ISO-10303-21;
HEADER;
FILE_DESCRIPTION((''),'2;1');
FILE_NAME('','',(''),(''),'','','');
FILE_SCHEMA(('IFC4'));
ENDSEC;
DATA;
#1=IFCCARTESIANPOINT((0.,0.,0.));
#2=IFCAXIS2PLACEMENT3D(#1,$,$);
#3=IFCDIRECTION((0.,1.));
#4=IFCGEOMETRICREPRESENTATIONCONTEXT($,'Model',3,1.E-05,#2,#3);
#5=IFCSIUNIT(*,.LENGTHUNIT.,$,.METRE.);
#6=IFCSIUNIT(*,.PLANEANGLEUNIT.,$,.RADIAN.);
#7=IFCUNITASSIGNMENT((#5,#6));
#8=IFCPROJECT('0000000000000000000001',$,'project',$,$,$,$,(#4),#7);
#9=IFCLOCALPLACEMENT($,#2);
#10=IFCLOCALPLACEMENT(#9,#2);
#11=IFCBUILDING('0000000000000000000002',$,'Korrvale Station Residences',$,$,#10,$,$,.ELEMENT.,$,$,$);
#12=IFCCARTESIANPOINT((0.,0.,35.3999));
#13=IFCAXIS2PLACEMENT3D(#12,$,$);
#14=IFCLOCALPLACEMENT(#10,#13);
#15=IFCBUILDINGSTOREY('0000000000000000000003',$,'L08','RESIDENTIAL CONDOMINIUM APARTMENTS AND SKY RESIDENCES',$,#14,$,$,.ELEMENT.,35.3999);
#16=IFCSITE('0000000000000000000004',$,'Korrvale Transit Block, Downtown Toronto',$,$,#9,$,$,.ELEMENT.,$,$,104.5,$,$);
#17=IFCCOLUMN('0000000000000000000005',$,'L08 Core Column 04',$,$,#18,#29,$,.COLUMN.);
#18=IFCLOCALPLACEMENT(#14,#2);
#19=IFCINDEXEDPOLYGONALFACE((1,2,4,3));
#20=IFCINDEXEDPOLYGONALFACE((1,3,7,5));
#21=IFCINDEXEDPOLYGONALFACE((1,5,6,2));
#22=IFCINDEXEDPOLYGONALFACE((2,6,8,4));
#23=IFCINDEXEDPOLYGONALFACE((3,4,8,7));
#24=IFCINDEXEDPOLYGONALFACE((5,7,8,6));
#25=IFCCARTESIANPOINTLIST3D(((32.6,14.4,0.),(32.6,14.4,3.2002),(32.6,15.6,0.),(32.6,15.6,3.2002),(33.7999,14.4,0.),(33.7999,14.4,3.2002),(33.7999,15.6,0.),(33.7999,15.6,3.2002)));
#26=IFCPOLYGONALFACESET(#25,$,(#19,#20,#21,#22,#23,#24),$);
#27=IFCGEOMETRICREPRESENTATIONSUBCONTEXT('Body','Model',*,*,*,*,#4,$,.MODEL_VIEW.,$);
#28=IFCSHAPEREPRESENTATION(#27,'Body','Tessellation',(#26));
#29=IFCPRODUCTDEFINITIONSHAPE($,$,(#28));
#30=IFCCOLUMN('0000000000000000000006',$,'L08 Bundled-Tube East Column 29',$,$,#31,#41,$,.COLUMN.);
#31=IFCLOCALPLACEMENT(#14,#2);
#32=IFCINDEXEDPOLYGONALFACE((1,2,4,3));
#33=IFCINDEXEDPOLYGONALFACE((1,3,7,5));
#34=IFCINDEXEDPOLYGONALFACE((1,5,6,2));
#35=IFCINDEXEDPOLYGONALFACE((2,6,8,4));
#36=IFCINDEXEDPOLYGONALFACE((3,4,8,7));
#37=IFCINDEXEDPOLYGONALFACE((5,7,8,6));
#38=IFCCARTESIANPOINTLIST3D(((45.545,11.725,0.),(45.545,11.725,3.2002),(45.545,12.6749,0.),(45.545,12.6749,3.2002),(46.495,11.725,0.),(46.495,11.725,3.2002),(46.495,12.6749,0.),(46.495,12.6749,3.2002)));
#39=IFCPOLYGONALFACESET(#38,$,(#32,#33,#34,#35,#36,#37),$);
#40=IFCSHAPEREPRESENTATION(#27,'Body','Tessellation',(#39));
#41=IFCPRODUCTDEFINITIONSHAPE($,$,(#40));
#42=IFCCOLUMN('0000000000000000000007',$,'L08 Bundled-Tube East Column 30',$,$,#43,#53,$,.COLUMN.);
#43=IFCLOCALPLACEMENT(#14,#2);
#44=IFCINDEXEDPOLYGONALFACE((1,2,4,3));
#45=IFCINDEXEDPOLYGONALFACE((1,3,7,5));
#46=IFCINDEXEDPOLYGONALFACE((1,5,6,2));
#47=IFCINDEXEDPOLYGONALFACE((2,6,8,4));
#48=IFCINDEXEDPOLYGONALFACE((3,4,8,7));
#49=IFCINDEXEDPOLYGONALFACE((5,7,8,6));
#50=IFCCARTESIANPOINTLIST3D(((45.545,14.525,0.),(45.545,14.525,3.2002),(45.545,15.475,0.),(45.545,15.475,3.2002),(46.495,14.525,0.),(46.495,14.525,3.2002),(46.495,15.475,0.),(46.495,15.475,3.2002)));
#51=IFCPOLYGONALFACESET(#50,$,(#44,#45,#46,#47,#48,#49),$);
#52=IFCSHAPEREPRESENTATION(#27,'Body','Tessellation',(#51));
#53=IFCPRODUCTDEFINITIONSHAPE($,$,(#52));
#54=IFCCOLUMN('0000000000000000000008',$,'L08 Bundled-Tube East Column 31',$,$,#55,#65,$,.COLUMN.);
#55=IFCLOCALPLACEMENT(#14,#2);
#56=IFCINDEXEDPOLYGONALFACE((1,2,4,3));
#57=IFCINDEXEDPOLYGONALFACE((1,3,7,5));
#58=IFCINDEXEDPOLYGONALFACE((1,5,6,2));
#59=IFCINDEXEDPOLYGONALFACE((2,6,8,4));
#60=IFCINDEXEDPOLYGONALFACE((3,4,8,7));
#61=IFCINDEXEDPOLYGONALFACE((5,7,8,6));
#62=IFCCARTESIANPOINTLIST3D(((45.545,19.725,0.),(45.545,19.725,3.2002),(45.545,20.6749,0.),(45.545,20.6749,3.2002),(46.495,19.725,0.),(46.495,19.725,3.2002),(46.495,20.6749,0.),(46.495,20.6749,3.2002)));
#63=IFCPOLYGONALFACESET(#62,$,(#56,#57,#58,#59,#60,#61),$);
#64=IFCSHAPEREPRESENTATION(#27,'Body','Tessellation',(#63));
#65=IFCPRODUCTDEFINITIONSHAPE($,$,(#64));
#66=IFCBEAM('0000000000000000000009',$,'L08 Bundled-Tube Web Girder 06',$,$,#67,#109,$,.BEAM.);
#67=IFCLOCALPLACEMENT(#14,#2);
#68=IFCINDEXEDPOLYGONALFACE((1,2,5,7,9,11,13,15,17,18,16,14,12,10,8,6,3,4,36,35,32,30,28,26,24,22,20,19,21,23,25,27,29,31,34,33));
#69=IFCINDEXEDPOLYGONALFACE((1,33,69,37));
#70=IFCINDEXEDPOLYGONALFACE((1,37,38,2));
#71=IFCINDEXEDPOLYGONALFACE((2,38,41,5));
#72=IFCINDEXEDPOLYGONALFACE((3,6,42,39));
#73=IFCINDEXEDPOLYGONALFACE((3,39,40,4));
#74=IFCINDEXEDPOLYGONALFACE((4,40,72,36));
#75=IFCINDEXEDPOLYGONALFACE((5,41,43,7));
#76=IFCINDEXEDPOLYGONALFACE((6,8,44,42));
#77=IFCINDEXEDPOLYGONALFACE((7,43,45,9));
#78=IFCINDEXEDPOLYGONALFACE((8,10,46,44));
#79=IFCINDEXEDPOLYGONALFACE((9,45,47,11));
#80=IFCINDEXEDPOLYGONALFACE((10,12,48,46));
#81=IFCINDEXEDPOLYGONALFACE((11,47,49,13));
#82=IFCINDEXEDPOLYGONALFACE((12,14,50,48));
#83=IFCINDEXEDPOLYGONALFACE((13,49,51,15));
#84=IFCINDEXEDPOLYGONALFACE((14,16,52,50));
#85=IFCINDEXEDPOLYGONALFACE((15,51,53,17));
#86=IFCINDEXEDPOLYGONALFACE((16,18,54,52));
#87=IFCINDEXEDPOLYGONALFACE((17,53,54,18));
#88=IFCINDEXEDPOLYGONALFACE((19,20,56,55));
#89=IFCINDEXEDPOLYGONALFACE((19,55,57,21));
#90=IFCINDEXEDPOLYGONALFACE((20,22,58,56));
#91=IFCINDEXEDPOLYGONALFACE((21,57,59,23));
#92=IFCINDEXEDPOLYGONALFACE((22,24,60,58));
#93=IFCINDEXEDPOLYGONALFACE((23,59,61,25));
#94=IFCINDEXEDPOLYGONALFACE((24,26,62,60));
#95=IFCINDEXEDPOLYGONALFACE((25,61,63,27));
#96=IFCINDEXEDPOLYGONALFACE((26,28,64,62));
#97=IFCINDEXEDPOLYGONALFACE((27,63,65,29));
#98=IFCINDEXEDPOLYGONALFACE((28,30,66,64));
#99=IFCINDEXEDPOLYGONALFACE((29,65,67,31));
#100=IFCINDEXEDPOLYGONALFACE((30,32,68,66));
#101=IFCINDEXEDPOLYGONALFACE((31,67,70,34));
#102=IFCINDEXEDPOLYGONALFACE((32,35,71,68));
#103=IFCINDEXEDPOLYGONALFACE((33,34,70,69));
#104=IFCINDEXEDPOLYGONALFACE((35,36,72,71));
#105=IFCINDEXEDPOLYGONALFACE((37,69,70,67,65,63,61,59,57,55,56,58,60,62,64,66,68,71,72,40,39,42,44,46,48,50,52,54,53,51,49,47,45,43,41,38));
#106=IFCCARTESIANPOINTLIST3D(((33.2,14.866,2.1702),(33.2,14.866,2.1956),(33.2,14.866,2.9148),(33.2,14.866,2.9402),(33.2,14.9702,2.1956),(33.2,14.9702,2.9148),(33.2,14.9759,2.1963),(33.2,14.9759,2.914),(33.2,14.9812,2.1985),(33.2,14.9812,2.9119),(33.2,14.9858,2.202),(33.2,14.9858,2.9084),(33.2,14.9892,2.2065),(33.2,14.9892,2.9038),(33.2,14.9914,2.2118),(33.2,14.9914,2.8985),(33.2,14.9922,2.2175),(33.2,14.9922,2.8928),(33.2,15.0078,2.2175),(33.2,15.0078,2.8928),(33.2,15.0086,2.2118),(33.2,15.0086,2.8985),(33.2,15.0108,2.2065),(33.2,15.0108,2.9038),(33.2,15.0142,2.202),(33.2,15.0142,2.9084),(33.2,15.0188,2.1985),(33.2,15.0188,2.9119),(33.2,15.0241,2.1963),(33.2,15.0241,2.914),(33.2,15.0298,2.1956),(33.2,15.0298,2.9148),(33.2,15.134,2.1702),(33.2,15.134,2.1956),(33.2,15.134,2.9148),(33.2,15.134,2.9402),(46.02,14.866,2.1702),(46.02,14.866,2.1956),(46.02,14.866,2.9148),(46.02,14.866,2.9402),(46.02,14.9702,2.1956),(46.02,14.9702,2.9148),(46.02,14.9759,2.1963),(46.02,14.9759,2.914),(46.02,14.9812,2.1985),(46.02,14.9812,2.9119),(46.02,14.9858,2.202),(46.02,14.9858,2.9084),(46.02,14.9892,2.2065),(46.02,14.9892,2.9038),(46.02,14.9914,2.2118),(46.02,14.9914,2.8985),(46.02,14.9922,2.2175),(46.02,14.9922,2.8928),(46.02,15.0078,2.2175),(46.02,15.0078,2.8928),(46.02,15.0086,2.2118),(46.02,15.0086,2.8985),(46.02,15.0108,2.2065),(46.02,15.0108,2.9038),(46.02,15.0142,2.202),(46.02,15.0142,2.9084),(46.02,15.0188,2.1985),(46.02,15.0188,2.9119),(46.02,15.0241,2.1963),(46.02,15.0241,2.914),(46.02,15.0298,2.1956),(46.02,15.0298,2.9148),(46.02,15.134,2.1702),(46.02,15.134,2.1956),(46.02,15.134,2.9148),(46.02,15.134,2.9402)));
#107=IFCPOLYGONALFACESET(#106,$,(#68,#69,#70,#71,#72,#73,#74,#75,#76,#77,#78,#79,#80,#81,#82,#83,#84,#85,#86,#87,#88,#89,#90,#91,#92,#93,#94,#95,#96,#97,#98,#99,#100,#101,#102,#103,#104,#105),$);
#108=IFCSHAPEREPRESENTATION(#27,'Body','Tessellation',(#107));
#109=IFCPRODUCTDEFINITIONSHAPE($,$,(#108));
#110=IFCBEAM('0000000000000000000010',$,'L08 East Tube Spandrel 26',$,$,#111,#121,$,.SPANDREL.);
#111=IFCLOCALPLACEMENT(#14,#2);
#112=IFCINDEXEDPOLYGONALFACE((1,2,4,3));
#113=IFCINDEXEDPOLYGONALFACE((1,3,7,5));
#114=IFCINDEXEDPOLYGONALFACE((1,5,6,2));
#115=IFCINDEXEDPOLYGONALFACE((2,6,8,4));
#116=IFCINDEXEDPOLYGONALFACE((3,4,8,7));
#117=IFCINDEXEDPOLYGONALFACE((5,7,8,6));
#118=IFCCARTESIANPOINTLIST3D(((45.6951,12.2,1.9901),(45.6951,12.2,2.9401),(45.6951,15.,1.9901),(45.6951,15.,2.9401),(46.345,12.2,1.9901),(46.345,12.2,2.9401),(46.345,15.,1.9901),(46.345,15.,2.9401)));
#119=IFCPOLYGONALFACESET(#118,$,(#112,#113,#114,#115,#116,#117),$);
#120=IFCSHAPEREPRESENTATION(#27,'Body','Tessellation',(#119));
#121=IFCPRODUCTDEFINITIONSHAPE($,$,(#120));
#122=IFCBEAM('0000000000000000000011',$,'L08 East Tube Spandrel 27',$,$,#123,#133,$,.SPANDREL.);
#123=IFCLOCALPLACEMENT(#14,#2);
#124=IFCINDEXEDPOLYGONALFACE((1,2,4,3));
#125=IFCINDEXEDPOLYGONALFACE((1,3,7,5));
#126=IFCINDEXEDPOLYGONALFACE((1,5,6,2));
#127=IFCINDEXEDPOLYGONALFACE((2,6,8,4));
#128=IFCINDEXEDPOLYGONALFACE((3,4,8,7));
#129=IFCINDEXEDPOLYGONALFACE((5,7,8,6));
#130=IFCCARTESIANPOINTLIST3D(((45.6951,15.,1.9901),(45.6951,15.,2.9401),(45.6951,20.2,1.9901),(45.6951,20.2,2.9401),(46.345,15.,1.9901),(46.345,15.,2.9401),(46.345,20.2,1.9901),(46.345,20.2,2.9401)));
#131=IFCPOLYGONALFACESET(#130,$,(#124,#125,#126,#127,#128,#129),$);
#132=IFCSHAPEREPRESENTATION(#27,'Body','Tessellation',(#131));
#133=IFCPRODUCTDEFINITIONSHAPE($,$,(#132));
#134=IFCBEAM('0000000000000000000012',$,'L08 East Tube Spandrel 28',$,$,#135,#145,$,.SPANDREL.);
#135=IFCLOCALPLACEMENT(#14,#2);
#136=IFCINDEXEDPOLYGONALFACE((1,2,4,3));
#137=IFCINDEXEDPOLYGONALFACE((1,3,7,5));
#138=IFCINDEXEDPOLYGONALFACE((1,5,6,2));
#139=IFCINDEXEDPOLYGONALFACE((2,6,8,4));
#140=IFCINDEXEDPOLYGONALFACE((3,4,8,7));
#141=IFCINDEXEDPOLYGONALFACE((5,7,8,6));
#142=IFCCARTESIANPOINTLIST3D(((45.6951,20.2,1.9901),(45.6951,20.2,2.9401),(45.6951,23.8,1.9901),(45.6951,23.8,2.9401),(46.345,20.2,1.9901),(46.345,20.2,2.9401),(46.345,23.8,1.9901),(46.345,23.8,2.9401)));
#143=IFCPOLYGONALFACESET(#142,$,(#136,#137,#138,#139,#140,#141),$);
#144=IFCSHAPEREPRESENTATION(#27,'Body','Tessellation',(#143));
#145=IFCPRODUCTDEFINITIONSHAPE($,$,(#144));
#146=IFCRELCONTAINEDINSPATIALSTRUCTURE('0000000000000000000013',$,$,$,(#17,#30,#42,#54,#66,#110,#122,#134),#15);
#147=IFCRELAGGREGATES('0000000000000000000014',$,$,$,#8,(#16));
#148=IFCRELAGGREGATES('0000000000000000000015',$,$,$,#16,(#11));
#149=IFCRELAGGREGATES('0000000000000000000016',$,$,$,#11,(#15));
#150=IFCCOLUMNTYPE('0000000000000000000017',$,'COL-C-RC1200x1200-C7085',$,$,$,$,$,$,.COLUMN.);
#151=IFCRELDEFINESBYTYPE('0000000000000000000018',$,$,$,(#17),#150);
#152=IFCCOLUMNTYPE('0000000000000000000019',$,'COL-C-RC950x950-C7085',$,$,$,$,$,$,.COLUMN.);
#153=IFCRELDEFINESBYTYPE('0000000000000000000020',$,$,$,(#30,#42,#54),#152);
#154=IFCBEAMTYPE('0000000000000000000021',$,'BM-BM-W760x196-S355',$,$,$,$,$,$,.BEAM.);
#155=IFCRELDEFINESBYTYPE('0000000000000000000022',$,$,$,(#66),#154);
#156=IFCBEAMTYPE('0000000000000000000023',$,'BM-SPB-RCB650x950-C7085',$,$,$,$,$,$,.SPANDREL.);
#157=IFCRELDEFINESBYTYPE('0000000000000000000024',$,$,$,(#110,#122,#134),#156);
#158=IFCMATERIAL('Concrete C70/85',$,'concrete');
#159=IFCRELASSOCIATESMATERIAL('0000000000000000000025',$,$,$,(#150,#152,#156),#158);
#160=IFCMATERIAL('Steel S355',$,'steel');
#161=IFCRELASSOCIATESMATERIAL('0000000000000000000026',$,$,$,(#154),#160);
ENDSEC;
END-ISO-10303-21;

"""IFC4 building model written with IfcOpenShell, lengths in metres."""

from ifc_helpers import new_model, si_unit, direction, frame, origin, origin_2d, place, context, subcontext, project, spatial, rectangle, i_section, extrude, material, material_profile, profile_set, type_object, element, save


model = new_model("IFC4")

# Units and contexts
model_context = context("Model", 3, precision=1e-05, world=origin(), true_north=direction((0.0, 1.0)))
body_context = subcontext(model_context, "Body", "Model", "MODEL_VIEW")
ifc_project = project(units=[si_unit("LENGTHUNIT", "METRE"), si_unit("PLANEANGLEUNIT", "RADIAN")], contexts=[model_context])

# Site, building, storey
site_placement = place(None, origin())
site = spatial("IfcSite", under=ifc_project, at=site_placement, Name="Korrvale Transit Block, Downtown Toronto", CompositionType="ELEMENT", RefElevation=104.5)
building_placement = place(site_placement, origin())
building = spatial("IfcBuilding", under=site, at=building_placement, Name="Korrvale Station Residences", CompositionType="ELEMENT")
storey_placement = place(building_placement, frame((0.0, 0.0, 35.3999)))
storey = spatial("IfcBuildingStorey", under=building, at=storey_placement, Name="L08", Description="RESIDENTIAL CONDOMINIUM APARTMENTS AND SKY RESIDENCES", CompositionType="ELEMENT", Elevation=35.3999)

# Columns
ifc_material_1 = material(Name="Concrete C70/85", Category="concrete")
ifc_material_profile_1 = material_profile(ifc_material_1, rectangle(XDim=1.2, YDim=1.2, at=origin_2d()), Name="RC1200x1200")
ifc_profile_set_1 = profile_set([ifc_material_profile_1], Name="Concrete C70/85")
column_type_1 = type_object("IfcColumnType", Name="COL-C-RC1200x1200-C7085", PredefinedType="COLUMN", material=ifc_profile_set_1)
column_placement = place(storey_placement, frame((33.2, 15.0, 0.0), z_axis=(0.0, 0.0, 1.0), x_axis=(1.0, 0.0, 0.0)))
element("IfcColumn", 1, at=column_placement, inside=storey, type_object=column_type_1, Name="L08 Core Column 04", PredefinedType="COLUMN", context=body_context, shape_type="SweptSolid", body=[
    extrude(rectangle(XDim=1.2, YDim=1.2, at=origin_2d()), origin(), (0.0, 0.0, 1.0), 3.2002),
])
ifc_material_profile_2 = material_profile(ifc_material_1, rectangle(XDim=0.95, YDim=0.95, at=origin_2d()), Name="RC950x950")
ifc_profile_set_2 = profile_set([ifc_material_profile_2], Name="Concrete C70/85")
column_type_2 = type_object("IfcColumnType", Name="COL-C-RC950x950-C7085", PredefinedType="COLUMN", material=ifc_profile_set_2)
for number, where, z_axis, x_axis, name in (
    (2, (46.02, 12.2, 0.0), (0.0, 0.0, 1.0), (1.0, 0.0, 0.0), "L08 Bundled-Tube East Column 29"),
    (3, (46.02, 15.0, 0.0), (0.0, 0.0, 1.0), (1.0, 0.0, 0.0), "L08 Bundled-Tube East Column 30"),
    (4, (46.02, 20.2, 0.0), (0.0, 0.0, 1.0), (1.0, 0.0, 0.0), "L08 Bundled-Tube East Column 31"),
):
    element("IfcColumn", number, at=place(storey_placement, frame(where, z_axis=z_axis, x_axis=x_axis)), inside=storey, type_object=column_type_2, Name=name, PredefinedType="COLUMN", context=body_context, shape_type="SweptSolid", body=[
        extrude(rectangle(XDim=0.95, YDim=0.95, at=origin_2d()), origin(), (0.0, 0.0, 1.0), 3.2002),
    ])

# Beams
ifc_material_2 = material(Name="Steel S355", Category="steel")
ifc_material_profile_3 = material_profile(ifc_material_2, i_section(OverallWidth=0.2681, OverallDepth=0.77, WebThickness=0.0156, FlangeThickness=0.0254, FilletRadius=0.022, at=origin_2d()), Name="W760x196")
ifc_profile_set_3 = profile_set([ifc_material_profile_3], Name="Steel S355")
beam_type_1 = type_object("IfcBeamType", Name="BM-BM-W760x196-S355", PredefinedType="BEAM", material=ifc_profile_set_3)
beam_1_placement = place(storey_placement, frame((33.2, 15.0, 2.5552), z_axis=(1.0, 0.0, 0.0), x_axis=(0.0, 1.0, 0.0)))
element("IfcBeam", 5, at=beam_1_placement, inside=storey, type_object=beam_type_1, Name="L08 Bundled-Tube Web Girder 06", PredefinedType="BEAM", context=body_context, shape_type="SweptSolid", body=[
    extrude(i_section(OverallWidth=0.2681, OverallDepth=0.77, WebThickness=0.0156, FlangeThickness=0.0254, FilletRadius=0.022, at=origin_2d()), origin(), (0.0, 0.0, 1.0), 12.8201),
])
ifc_material_profile_4 = material_profile(ifc_material_1, rectangle(XDim=0.6499, YDim=0.95, at=origin_2d()), Name="RCB650x950")
ifc_profile_set_4 = profile_set([ifc_material_profile_4], Name="Concrete C70/85")
beam_type_2 = type_object("IfcBeamType", Name="BM-SPB-RCB650x950-C7085", PredefinedType="SPANDREL", material=ifc_profile_set_4)
beam_2_placement = place(storey_placement, frame((46.02, 12.2, 2.4651), z_axis=(0.0, 1.0, 0.0), x_axis=(-1.0, 0.0, 0.0)))
element("IfcBeam", 6, at=beam_2_placement, inside=storey, type_object=beam_type_2, Name="L08 East Tube Spandrel 26", PredefinedType="SPANDREL", context=body_context, shape_type="SweptSolid", body=[
    extrude(rectangle(XDim=0.6499, YDim=0.95, at=origin_2d()), origin(), (0.0, 0.0, 1.0), 2.8),
])
beam_3_placement = place(storey_placement, frame((46.02, 15.0, 2.4651), z_axis=(0.0, 1.0, 0.0), x_axis=(-1.0, 0.0, 0.0)))
element("IfcBeam", 7, at=beam_3_placement, inside=storey, type_object=beam_type_2, Name="L08 East Tube Spandrel 27", PredefinedType="SPANDREL", context=body_context, shape_type="SweptSolid", body=[
    extrude(rectangle(XDim=0.6499, YDim=0.95, at=origin_2d()), origin(), (0.0, 0.0, 1.0), 5.2),
])
beam_4_placement = place(storey_placement, frame((46.02, 20.2, 2.4651), z_axis=(0.0, 1.0, 0.0), x_axis=(-1.0, 0.0, 0.0)))
element("IfcBeam", 8, at=beam_4_placement, inside=storey, type_object=beam_type_2, Name="L08 East Tube Spandrel 28", PredefinedType="SPANDREL", context=body_context, shape_type="SweptSolid", body=[
    extrude(rectangle(XDim=0.6499, YDim=0.95, at=origin_2d()), origin(), (0.0, 0.0, 1.0), 3.6001),
])

save(model, "model.ifc")
